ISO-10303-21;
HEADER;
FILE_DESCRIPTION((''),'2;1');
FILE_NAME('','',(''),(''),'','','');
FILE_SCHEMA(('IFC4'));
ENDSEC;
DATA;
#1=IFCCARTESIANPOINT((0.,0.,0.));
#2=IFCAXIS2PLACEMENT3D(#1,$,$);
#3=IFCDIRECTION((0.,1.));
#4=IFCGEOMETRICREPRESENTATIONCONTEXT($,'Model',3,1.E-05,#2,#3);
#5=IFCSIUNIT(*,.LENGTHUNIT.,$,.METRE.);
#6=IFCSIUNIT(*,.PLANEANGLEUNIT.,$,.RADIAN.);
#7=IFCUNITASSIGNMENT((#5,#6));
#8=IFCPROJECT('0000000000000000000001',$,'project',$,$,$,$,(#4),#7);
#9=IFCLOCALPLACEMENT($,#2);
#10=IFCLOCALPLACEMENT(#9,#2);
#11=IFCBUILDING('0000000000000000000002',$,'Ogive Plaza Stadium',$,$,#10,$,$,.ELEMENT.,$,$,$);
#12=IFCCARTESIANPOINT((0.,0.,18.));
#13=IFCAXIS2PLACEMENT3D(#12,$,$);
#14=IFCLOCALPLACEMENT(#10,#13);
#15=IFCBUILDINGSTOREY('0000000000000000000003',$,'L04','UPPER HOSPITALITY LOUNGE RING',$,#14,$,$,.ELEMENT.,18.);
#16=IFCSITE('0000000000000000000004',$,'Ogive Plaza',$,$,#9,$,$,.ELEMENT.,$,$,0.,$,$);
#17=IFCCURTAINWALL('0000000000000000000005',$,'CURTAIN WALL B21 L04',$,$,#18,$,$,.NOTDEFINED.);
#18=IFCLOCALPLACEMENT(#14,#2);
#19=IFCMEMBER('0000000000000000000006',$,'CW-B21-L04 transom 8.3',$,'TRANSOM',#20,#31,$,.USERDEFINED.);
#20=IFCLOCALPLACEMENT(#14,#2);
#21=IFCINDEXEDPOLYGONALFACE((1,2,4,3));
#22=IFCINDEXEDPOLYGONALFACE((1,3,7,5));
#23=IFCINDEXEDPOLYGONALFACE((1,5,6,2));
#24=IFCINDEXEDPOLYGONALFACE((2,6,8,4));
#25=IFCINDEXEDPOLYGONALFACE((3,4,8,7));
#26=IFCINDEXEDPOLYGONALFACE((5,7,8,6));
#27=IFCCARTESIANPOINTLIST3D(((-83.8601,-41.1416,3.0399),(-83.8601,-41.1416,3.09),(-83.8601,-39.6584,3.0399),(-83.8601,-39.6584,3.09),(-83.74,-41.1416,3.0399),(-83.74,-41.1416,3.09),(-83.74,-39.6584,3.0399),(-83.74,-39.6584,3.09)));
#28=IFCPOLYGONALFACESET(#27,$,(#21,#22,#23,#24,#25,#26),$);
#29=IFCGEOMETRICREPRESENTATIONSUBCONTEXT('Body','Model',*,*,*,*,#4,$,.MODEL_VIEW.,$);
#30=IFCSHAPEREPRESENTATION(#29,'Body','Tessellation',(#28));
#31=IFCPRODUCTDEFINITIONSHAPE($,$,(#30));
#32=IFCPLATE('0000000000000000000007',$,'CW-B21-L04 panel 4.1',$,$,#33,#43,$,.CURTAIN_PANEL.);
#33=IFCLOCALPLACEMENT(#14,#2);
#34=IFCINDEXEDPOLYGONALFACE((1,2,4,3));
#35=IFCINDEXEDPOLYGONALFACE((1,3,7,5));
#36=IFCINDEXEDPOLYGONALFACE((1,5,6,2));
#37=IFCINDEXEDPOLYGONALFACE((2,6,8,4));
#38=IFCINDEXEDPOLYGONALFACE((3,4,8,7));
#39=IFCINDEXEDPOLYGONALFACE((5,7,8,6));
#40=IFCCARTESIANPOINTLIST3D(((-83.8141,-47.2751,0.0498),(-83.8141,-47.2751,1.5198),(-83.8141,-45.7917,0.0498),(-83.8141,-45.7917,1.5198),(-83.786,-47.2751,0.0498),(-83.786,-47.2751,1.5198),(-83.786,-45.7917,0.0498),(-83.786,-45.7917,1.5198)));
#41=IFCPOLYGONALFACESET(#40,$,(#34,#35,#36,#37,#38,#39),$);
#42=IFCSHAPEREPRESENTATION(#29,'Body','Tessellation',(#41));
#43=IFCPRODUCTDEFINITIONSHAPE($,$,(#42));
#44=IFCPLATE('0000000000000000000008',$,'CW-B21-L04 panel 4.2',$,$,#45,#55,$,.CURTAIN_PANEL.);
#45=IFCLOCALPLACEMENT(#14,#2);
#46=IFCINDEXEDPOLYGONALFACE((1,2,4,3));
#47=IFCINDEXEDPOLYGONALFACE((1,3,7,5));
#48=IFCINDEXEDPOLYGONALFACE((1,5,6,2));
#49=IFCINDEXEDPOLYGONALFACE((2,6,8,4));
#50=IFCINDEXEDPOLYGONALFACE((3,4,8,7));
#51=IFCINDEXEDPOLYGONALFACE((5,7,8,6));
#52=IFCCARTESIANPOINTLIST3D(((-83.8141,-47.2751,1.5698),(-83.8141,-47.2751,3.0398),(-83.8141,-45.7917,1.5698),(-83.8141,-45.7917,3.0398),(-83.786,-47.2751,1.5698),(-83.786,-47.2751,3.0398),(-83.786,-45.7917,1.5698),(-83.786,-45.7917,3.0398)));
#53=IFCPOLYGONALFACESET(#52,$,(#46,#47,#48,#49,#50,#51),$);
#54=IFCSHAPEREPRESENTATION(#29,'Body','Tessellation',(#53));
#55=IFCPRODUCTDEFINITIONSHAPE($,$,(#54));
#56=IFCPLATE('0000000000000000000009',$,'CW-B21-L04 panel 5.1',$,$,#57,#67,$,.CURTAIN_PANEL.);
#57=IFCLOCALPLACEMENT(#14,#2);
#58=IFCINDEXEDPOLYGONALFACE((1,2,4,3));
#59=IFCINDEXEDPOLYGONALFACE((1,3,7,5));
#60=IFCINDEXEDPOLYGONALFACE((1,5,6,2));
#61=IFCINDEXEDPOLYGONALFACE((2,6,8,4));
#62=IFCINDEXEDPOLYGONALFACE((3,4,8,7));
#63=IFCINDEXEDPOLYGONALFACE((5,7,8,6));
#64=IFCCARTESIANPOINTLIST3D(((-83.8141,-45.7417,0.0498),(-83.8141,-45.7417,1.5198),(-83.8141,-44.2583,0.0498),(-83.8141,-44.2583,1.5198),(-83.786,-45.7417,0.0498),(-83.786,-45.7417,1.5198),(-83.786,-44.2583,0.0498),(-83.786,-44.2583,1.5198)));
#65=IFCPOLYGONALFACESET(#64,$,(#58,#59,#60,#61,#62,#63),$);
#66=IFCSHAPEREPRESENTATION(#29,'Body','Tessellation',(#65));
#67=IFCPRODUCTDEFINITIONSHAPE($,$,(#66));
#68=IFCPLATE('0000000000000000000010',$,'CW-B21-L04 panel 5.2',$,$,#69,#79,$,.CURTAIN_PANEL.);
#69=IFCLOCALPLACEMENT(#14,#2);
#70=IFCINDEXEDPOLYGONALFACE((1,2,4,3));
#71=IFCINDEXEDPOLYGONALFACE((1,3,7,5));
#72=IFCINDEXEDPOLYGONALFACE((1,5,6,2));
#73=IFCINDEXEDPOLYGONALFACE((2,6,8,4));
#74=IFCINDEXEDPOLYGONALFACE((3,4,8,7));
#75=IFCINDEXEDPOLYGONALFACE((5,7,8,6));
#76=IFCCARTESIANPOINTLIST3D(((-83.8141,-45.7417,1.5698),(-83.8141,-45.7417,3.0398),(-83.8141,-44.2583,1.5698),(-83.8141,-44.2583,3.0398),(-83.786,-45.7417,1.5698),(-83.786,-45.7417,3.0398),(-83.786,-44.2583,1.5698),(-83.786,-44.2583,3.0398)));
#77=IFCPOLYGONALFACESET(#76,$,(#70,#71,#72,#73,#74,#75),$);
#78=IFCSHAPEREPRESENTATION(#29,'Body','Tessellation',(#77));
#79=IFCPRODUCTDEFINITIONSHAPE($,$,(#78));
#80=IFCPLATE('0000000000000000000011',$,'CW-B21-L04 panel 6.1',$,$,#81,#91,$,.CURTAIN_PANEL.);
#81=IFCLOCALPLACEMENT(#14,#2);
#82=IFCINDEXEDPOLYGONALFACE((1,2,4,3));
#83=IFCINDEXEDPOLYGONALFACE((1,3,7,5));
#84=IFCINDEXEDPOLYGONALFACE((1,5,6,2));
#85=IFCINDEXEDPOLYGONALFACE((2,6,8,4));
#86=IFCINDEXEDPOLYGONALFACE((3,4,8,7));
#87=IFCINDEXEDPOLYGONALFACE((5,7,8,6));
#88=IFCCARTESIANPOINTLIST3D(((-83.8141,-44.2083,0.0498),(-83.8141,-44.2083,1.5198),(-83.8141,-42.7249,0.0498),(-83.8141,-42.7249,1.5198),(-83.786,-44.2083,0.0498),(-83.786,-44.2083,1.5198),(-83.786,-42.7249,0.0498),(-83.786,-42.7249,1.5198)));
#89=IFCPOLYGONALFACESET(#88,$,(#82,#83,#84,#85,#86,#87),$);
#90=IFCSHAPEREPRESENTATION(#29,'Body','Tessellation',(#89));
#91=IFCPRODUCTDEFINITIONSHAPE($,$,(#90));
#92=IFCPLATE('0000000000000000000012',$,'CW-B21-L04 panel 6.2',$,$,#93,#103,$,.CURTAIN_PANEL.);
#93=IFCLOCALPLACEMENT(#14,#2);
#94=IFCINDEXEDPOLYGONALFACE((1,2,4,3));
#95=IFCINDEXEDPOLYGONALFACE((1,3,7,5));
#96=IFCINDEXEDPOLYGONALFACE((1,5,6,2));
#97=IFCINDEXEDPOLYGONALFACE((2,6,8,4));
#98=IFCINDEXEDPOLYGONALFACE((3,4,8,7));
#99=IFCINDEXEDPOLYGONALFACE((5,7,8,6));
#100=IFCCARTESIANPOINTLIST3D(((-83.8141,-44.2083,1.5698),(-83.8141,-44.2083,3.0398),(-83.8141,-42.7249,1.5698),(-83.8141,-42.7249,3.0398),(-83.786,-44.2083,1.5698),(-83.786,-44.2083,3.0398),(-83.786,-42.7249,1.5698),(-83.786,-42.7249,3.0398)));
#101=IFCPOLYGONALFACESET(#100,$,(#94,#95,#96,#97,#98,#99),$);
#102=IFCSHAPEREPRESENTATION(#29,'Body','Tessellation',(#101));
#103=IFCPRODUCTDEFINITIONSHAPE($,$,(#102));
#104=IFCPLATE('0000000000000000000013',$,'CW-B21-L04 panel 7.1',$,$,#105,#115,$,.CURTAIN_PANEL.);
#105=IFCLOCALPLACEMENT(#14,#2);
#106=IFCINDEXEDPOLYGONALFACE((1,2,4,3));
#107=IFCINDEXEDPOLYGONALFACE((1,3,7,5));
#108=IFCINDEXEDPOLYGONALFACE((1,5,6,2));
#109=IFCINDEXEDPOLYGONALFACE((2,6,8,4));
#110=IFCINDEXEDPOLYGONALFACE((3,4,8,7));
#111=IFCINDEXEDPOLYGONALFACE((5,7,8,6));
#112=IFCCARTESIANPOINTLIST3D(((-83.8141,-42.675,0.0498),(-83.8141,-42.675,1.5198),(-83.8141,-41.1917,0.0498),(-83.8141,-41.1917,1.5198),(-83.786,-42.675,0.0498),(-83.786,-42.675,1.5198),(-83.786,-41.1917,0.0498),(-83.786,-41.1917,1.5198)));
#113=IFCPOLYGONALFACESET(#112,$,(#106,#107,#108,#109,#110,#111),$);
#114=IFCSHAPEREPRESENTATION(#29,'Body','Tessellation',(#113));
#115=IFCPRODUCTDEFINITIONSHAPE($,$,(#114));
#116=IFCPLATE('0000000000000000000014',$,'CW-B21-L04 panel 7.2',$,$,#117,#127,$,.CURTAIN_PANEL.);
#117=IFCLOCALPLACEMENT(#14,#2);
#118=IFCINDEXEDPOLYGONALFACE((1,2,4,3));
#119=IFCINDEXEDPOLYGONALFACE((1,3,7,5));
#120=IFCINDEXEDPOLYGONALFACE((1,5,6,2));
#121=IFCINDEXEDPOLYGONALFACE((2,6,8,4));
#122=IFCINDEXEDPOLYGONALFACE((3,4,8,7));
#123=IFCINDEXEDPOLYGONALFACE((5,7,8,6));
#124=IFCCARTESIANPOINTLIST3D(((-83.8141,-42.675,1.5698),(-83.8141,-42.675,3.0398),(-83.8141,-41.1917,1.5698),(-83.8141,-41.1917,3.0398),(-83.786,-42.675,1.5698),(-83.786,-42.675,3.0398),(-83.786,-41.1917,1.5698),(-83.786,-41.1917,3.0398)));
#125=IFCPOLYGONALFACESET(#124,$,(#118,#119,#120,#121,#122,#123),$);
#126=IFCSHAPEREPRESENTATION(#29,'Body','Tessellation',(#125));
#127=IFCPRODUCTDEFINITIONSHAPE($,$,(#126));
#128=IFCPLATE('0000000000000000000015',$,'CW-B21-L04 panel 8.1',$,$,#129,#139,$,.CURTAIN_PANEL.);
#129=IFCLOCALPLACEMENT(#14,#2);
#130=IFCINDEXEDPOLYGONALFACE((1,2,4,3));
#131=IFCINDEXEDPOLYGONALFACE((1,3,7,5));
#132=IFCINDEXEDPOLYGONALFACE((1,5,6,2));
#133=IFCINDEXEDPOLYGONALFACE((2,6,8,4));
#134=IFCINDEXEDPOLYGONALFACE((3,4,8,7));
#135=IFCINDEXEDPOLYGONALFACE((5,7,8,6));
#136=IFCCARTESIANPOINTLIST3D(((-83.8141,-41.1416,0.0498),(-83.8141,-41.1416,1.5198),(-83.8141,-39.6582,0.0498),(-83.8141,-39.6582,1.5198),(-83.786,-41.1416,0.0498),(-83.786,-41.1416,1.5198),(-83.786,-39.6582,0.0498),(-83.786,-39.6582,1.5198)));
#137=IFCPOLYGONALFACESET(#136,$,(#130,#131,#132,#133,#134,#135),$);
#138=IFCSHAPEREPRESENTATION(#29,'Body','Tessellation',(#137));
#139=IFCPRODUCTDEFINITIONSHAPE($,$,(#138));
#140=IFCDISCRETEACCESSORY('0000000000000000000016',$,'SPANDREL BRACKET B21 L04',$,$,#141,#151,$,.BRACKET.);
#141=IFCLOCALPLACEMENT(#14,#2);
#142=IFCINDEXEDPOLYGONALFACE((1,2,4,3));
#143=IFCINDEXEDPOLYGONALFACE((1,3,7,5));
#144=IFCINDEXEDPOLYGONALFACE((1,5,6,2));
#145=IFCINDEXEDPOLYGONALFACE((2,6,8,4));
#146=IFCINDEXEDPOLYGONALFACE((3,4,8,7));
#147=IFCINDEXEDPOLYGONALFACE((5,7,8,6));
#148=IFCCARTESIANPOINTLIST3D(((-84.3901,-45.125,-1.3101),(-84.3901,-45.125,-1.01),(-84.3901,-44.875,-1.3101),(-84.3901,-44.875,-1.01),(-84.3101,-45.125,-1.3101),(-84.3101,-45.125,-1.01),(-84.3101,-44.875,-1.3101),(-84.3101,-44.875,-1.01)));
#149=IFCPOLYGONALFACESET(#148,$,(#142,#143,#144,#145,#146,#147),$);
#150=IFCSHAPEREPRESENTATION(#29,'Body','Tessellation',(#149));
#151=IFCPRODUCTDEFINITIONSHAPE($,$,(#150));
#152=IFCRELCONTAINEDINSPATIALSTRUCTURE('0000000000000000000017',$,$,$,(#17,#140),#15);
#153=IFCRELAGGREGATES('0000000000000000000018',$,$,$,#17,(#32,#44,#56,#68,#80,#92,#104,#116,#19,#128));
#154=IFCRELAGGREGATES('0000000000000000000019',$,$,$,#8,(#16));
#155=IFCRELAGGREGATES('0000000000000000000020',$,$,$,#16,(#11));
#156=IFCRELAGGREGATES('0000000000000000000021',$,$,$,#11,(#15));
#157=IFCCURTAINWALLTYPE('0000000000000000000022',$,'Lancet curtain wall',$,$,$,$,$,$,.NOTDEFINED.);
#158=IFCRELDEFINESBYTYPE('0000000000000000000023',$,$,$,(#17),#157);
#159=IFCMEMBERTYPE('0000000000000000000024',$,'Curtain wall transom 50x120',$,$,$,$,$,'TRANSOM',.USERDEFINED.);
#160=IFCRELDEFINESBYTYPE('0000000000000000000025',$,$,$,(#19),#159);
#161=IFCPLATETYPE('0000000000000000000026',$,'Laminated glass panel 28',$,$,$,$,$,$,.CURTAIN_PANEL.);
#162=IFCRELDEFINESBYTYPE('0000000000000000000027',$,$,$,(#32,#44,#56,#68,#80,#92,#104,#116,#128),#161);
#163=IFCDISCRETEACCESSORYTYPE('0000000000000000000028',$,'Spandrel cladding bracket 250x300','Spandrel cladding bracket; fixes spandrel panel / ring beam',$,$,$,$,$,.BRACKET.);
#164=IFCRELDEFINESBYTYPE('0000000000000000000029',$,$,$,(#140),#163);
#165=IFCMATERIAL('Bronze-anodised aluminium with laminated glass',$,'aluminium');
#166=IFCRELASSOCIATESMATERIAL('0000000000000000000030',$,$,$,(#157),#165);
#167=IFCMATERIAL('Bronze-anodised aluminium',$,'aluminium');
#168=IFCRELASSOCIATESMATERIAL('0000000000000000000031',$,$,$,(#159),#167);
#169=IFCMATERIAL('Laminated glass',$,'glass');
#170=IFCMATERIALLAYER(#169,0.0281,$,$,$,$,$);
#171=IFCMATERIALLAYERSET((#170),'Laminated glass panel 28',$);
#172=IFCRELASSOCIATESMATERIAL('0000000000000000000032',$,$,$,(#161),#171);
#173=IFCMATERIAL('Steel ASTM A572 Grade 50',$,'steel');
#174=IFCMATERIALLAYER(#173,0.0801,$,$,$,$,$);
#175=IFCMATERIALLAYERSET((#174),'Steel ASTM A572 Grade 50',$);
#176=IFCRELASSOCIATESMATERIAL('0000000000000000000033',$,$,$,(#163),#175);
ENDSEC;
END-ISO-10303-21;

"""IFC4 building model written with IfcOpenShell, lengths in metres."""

from ifc_helpers import new_model, si_unit, direction, frame, origin, origin_2d, place, context, subcontext, project, spatial, rectangle, extrude, material, layer, layer_set, material_profile, profile_set, type_object, element, aggregate, save


model = new_model("IFC4")

# Units and contexts
model_context = context("Model", 3, precision=1e-05, world=origin(), true_north=direction((0.0, 1.0)))
body_context = subcontext(model_context, "Body", "Model", "MODEL_VIEW")
ifc_project = project(units=[si_unit("LENGTHUNIT", "METRE"), si_unit("PLANEANGLEUNIT", "RADIAN")], contexts=[model_context])

# Site, building, storey
site_placement = place(None, origin())
site = spatial("IfcSite", under=ifc_project, at=site_placement, Name="Ogive Plaza", CompositionType="ELEMENT", RefElevation=0.0)
building_placement = place(site_placement, origin())
building = spatial("IfcBuilding", under=site, at=building_placement, Name="Ogive Plaza Stadium", CompositionType="ELEMENT")
storey_placement = place(building_placement, frame((0.0, 0.0, 18.0)))
storey = spatial("IfcBuildingStorey", under=building, at=storey_placement, Name="L04", Description="UPPER HOSPITALITY LOUNGE RING", CompositionType="ELEMENT", Elevation=18.0)

# Curtain wall, member, plates
ifc_material_1 = material(Name="Bronze-anodised aluminium with laminated glass", Category="aluminium")
curtain_wall_type = type_object("IfcCurtainWallType", Name="Lancet curtain wall", PredefinedType="NOTDEFINED", material=ifc_material_1)
curtain_wall_placement = place(storey_placement, origin())
curtain_wall = element("IfcCurtainWall", 1, at=curtain_wall_placement, inside=storey, type_object=curtain_wall_type, Name="CURTAIN WALL B21 L04", PredefinedType="NOTDEFINED")
ifc_material_2 = material(Name="Bronze-anodised aluminium", Category="aluminium")
ifc_material_profile_1 = material_profile(ifc_material_2, rectangle(XDim=0.1201, YDim=0.05, at=origin_2d()), Name="AL 120x50")
ifc_profile_set_1 = profile_set([ifc_material_profile_1], Name="Bronze-anodised aluminium")
member_type_1 = type_object("IfcMemberType", Name="Curtain wall transom 50x120", ElementType="TRANSOM", PredefinedType="USERDEFINED", material=ifc_profile_set_1)
member_1_placement = place(storey_placement, frame((-83.8, -41.1416, 3.0649), z_axis=(0.0, 1.0, 0.0), x_axis=(-1.0, 0.0, 0.0)))
member_1 = element("IfcMember", 2, at=member_1_placement, type_object=member_type_1, Name="CW-B21-L04 transom 8.3", ObjectType="TRANSOM", PredefinedType="USERDEFINED", context=body_context, shape_type="SweptSolid", body=[
    extrude(rectangle(XDim=0.1201, YDim=0.05, at=origin_2d()), origin(), (0.0, 0.0, 1.0), 1.4832),
])
ifc_material_3 = material(Name="Laminated glass", Category="glass")
ifc_layer_1 = layer(ifc_material_3, 0.0281)
ifc_layer_set_1 = layer_set([ifc_layer_1], Name="Laminated glass panel 28")
plate_type = type_object("IfcPlateType", Name="Laminated glass panel 28", PredefinedType="CURTAIN_PANEL", material=ifc_layer_set_1)
plate_1_placement = place(storey_placement, frame((-83.8, -46.5334, 0.0498), z_axis=(0.0, 0.0, 1.0), x_axis=(0.0, 1.0, 0.0)))
plate_1 = element("IfcPlate", 3, at=plate_1_placement, type_object=plate_type, Name="CW-B21-L04 panel 4.1", PredefinedType="CURTAIN_PANEL", context=body_context, shape_type="SweptSolid", body=[
    extrude(rectangle(XDim=1.4834, YDim=0.0281, at=origin_2d()), origin(), (0.0, 0.0, 1.0), 1.47),
])
plate_2_placement = place(storey_placement, frame((-83.8, -46.5334, 1.5698), z_axis=(0.0, 0.0, 1.0), x_axis=(0.0, 1.0, 0.0)))
plate_2 = element("IfcPlate", 4, at=plate_2_placement, type_object=plate_type, Name="CW-B21-L04 panel 4.2", PredefinedType="CURTAIN_PANEL", context=body_context, shape_type="SweptSolid", body=[
    extrude(rectangle(XDim=1.4834, YDim=0.0281, at=origin_2d()), origin(), (0.0, 0.0, 1.0), 1.47),
])
plate_3_placement = place(storey_placement, frame((-83.8, -45.0, 0.0498), z_axis=(0.0, 0.0, 1.0), x_axis=(0.0, 1.0, 0.0)))
plate_3 = element("IfcPlate", 5, at=plate_3_placement, type_object=plate_type, Name="CW-B21-L04 panel 5.1", PredefinedType="CURTAIN_PANEL", context=body_context, shape_type="SweptSolid", body=[
    extrude(rectangle(XDim=1.4834, YDim=0.0281, at=origin_2d()), origin(), (0.0, 0.0, 1.0), 1.47),
])
plate_4_placement = place(storey_placement, frame((-83.8, -45.0, 1.5698), z_axis=(0.0, 0.0, 1.0), x_axis=(0.0, 1.0, 0.0)))
plate_4 = element("IfcPlate", 6, at=plate_4_placement, type_object=plate_type, Name="CW-B21-L04 panel 5.2", PredefinedType="CURTAIN_PANEL", context=body_context, shape_type="SweptSolid", body=[
    extrude(rectangle(XDim=1.4834, YDim=0.0281, at=origin_2d()), origin(), (0.0, 0.0, 1.0), 1.47),
])
plate_5_placement = place(storey_placement, frame((-83.8, -43.4666, 0.0498), z_axis=(0.0, 0.0, 1.0), x_axis=(0.0, 1.0, 0.0)))
plate_5 = element("IfcPlate", 7, at=plate_5_placement, type_object=plate_type, Name="CW-B21-L04 panel 6.1", PredefinedType="CURTAIN_PANEL", context=body_context, shape_type="SweptSolid", body=[
    extrude(rectangle(XDim=1.4834, YDim=0.0281, at=origin_2d()), origin(), (0.0, 0.0, 1.0), 1.47),
])
plate_6_placement = place(storey_placement, frame((-83.8, -43.4666, 1.5698), z_axis=(0.0, 0.0, 1.0), x_axis=(0.0, 1.0, 0.0)))
plate_6 = element("IfcPlate", 8, at=plate_6_placement, type_object=plate_type, Name="CW-B21-L04 panel 6.2", PredefinedType="CURTAIN_PANEL", context=body_context, shape_type="SweptSolid", body=[
    extrude(rectangle(XDim=1.4834, YDim=0.0281, at=origin_2d()), origin(), (0.0, 0.0, 1.0), 1.47),
])
plate_7_placement = place(storey_placement, frame((-83.8, -41.9333, 0.0498), z_axis=(0.0, 0.0, 1.0), x_axis=(0.0, 1.0, 0.0)))
plate_7 = element("IfcPlate", 9, at=plate_7_placement, type_object=plate_type, Name="CW-B21-L04 panel 7.1", PredefinedType="CURTAIN_PANEL", context=body_context, shape_type="SweptSolid", body=[
    extrude(rectangle(XDim=1.4834, YDim=0.0281, at=origin_2d()), origin(), (0.0, 0.0, 1.0), 1.47),
])
plate_8_placement = place(storey_placement, frame((-83.8, -41.9333, 1.5698), z_axis=(0.0, 0.0, 1.0), x_axis=(0.0, 1.0, 0.0)))
plate_8 = element("IfcPlate", 10, at=plate_8_placement, type_object=plate_type, Name="CW-B21-L04 panel 7.2", PredefinedType="CURTAIN_PANEL", context=body_context, shape_type="SweptSolid", body=[
    extrude(rectangle(XDim=1.4834, YDim=0.0281, at=origin_2d()), origin(), (0.0, 0.0, 1.0), 1.47),
])
plate_9_placement = place(storey_placement, frame((-83.8, -40.3999, 0.0498), z_axis=(0.0, 0.0, 1.0), x_axis=(0.0, 1.0, 0.0)))
plate_9 = element("IfcPlate", 11, at=plate_9_placement, type_object=plate_type, Name="CW-B21-L04 panel 8.1", PredefinedType="CURTAIN_PANEL", context=body_context, shape_type="SweptSolid", body=[
    extrude(rectangle(XDim=1.4834, YDim=0.0281, at=origin_2d()), origin(), (0.0, 0.0, 1.0), 1.47),
])
aggregate(curtain_wall, [plate_1, plate_2, plate_3, plate_4, plate_5, plate_6, plate_7, plate_8, member_1, plate_9])

# Discrete accessory
ifc_material_4 = material(Name="Steel ASTM A572 Grade 50", Category="steel")
ifc_layer_2 = layer(ifc_material_4, 0.0801)
ifc_layer_set_2 = layer_set([ifc_layer_2], Name="Steel ASTM A572 Grade 50")
discrete_accessory_type = type_object("IfcDiscreteAccessoryType", Name="Spandrel cladding bracket 250x300", Description="Spandrel cladding bracket; fixes spandrel panel / ring beam", PredefinedType="BRACKET", material=ifc_layer_set_2)
discrete_accessory_placement = place(storey_placement, frame((-84.3501, -45.0, -1.3101), z_axis=(0.0, 0.0, 1.0), x_axis=(0.0, 1.0, 0.0)))
element("IfcDiscreteAccessory", 12, at=discrete_accessory_placement, inside=storey, type_object=discrete_accessory_type, Name="SPANDREL BRACKET B21 L04", PredefinedType="BRACKET", context=body_context, shape_type="SweptSolid", body=[
    extrude(rectangle(XDim=0.25, YDim=0.0801, at=origin_2d()), origin(), (0.0, 0.0, 1.0), 0.3),
])

save(model, "model.ifc")
